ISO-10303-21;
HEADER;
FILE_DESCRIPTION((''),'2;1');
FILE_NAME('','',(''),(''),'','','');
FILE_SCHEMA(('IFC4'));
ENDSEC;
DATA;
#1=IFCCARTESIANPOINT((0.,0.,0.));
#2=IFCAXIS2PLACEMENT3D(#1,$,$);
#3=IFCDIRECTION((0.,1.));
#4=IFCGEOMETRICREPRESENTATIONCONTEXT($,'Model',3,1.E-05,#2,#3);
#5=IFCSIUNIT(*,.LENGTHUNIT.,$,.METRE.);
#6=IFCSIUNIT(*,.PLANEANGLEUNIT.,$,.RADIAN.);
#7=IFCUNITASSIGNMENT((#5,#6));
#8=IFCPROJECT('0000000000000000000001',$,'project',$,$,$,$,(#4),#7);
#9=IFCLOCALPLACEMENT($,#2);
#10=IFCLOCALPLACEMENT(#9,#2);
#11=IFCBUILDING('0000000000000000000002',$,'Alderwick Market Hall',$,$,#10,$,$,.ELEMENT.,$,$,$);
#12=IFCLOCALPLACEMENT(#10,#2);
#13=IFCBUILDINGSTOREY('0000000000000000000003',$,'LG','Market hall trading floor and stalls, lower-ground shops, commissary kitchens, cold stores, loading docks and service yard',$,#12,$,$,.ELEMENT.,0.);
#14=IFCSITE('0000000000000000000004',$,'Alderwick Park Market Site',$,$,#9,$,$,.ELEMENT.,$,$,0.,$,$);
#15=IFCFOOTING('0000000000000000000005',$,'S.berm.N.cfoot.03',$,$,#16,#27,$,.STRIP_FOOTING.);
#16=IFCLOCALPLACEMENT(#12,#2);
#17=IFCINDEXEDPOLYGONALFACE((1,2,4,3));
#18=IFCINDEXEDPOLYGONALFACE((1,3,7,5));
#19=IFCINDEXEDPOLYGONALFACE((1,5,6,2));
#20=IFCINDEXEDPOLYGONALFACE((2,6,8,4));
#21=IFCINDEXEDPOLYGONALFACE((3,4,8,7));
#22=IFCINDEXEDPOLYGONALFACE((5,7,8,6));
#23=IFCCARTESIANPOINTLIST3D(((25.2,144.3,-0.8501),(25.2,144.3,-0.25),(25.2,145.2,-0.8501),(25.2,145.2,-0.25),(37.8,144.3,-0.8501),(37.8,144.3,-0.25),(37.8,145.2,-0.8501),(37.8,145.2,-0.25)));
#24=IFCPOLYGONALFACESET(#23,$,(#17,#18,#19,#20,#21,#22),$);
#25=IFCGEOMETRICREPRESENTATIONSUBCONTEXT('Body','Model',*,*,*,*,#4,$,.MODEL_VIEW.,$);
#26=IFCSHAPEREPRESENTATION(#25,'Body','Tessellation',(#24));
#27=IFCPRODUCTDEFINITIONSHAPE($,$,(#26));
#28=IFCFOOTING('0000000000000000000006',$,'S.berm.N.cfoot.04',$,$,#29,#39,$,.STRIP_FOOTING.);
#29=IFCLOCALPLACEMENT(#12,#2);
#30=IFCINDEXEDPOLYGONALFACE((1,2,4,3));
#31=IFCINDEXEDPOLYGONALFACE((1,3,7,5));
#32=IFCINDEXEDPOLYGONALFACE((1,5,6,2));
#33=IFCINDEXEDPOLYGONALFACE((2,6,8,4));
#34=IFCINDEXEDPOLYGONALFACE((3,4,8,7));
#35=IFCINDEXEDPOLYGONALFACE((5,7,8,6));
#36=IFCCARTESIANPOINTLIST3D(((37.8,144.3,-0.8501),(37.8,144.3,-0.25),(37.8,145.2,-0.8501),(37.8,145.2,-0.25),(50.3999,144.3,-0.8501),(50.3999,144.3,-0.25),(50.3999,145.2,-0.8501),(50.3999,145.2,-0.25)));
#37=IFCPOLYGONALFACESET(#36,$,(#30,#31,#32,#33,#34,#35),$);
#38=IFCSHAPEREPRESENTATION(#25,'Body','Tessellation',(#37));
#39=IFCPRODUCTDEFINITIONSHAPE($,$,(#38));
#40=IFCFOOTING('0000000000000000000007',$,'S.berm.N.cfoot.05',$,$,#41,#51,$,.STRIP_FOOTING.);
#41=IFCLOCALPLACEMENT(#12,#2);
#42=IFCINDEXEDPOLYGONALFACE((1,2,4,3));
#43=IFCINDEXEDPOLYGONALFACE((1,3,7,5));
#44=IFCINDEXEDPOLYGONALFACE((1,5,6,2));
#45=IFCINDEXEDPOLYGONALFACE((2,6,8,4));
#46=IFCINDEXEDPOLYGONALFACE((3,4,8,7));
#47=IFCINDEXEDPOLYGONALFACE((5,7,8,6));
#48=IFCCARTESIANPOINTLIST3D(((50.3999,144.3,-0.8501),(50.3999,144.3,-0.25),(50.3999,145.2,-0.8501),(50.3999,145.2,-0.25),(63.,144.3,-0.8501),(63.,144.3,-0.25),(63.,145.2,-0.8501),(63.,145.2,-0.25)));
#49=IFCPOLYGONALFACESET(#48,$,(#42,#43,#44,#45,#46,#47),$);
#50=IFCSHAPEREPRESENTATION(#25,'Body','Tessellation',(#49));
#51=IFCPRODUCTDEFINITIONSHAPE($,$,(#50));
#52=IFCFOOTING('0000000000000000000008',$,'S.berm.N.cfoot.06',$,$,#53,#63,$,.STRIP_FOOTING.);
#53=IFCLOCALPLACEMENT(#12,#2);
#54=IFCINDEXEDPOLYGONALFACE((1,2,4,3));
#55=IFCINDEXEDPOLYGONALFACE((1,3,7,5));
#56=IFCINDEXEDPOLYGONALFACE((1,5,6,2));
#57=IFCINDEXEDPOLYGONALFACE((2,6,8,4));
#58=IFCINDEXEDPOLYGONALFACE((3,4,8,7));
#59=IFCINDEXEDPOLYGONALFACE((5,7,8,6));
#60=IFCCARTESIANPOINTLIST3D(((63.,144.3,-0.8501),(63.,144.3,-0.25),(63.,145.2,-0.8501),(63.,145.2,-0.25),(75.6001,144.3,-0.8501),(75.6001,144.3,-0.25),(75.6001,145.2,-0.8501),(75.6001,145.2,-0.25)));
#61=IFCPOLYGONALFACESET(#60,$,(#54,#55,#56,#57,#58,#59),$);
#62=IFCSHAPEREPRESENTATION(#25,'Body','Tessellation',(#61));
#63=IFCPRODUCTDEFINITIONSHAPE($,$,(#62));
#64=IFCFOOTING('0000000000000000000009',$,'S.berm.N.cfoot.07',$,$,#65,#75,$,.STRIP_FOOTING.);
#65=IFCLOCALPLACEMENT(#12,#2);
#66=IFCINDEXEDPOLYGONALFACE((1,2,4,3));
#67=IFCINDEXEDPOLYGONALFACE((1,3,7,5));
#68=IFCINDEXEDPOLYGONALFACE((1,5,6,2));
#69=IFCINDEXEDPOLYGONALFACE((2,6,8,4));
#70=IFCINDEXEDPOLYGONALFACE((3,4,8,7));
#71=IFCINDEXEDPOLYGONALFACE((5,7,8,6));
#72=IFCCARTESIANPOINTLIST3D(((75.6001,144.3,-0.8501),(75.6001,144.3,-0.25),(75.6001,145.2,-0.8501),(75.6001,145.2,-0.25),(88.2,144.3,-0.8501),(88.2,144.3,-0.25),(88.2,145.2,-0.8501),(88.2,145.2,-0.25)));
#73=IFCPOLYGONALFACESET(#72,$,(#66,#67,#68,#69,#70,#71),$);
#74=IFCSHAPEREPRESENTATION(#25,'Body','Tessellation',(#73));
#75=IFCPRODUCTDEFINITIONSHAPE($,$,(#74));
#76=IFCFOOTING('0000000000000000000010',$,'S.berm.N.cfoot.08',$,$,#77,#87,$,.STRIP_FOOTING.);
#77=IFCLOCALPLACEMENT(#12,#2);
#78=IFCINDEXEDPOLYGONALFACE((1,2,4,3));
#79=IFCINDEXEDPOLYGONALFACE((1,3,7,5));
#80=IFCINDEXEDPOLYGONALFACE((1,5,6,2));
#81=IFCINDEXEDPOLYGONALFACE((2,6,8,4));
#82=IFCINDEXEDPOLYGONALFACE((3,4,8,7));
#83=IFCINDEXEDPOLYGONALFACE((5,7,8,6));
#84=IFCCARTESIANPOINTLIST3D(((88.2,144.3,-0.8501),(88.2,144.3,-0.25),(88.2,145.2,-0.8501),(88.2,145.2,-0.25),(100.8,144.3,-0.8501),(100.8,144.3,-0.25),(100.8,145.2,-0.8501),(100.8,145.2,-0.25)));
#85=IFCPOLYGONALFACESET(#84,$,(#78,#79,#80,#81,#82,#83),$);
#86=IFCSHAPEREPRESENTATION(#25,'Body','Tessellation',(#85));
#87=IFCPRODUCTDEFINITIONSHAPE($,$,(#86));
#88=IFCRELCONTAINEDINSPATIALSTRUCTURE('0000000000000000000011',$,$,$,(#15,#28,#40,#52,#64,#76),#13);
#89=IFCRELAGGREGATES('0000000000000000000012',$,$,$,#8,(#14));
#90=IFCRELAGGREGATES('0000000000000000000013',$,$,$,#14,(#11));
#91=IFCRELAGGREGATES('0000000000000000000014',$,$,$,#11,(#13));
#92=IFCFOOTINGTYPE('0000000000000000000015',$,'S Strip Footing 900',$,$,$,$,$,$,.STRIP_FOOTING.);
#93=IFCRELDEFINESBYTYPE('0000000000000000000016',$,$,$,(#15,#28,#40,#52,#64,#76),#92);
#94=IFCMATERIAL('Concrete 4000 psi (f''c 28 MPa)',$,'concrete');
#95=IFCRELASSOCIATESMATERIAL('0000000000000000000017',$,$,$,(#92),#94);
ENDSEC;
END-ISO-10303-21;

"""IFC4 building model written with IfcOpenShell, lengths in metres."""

from ifc_helpers import new_model, si_unit, direction, frame, origin, place, context, subcontext, project, spatial, polyline, outline, extrude, material, type_object, element, save


model = new_model("IFC4")

# Units and contexts
model_context = context("Model", 3, precision=1e-05, world=origin(), true_north=direction((0.0, 1.0)))
body_context = subcontext(model_context, "Body", "Model", "MODEL_VIEW")
ifc_project = project(units=[si_unit("LENGTHUNIT", "METRE"), si_unit("PLANEANGLEUNIT", "RADIAN")], contexts=[model_context])

# Site, building, storey
site_placement = place(None, origin())
site = spatial("IfcSite", under=ifc_project, at=site_placement, Name="Alderwick Park Market Site", CompositionType="ELEMENT", RefElevation=0.0)
building_placement = place(site_placement, origin())
building = spatial("IfcBuilding", under=site, at=building_placement, Name="Alderwick Market Hall", CompositionType="ELEMENT")
storey_placement = place(building_placement, origin())
storey = spatial("IfcBuildingStorey", under=building, at=storey_placement, Name="LG", Description="Market hall trading floor and stalls, lower-ground shops, commissary kitchens, cold stores, loading docks and service yard", CompositionType="ELEMENT", Elevation=0.0)

# Footings
ifc_material = material(Name="Concrete 4000 psi (f'c 28 MPa)", Category="concrete")
footing_type = type_object("IfcFootingType", Name="S Strip Footing 900", PredefinedType="STRIP_FOOTING", material=ifc_material)
footing_1_placement = place(storey_placement, frame((0.0, 0.0, -0.8501)))
element("IfcFooting", 1, at=footing_1_placement, inside=storey, type_object=footing_type, Name="S.berm.N.cfoot.03", PredefinedType="STRIP_FOOTING", context=body_context, shape_type="SweptSolid", body=[
    extrude(outline(polyline([(37.8, 144.3), (37.8, 145.2), (25.2, 145.2), (25.2, 144.3), (37.8, 144.3)])), origin(), (0.0, 0.0, 1.0), 0.6001),
])
footing_2_placement = place(storey_placement, frame((0.0, 0.0, -0.8501)))
element("IfcFooting", 2, at=footing_2_placement, inside=storey, type_object=footing_type, Name="S.berm.N.cfoot.04", PredefinedType="STRIP_FOOTING", context=body_context, shape_type="SweptSolid", body=[
    extrude(outline(polyline([(50.3999, 144.3), (50.3999, 145.2), (37.8, 145.2), (37.8, 144.3), (50.3999, 144.3)])), origin(), (0.0, 0.0, 1.0), 0.6001),
])
footing_3_placement = place(storey_placement, frame((0.0, 0.0, -0.8501)))
element("IfcFooting", 3, at=footing_3_placement, inside=storey, type_object=footing_type, Name="S.berm.N.cfoot.05", PredefinedType="STRIP_FOOTING", context=body_context, shape_type="SweptSolid", body=[
    extrude(outline(polyline([(63.0, 144.3), (63.0, 145.2), (50.3999, 145.2), (50.3999, 144.3), (63.0, 144.3)])), origin(), (0.0, 0.0, 1.0), 0.6001),
])
footing_4_placement = place(storey_placement, frame((0.0, 0.0, -0.8501)))
element("IfcFooting", 4, at=footing_4_placement, inside=storey, type_object=footing_type, Name="S.berm.N.cfoot.06", PredefinedType="STRIP_FOOTING", context=body_context, shape_type="SweptSolid", body=[
    extrude(outline(polyline([(75.6001, 144.3), (75.6001, 145.2), (63.0, 145.2), (63.0, 144.3), (75.6001, 144.3)])), origin(), (0.0, 0.0, 1.0), 0.6001),
])
footing_5_placement = place(storey_placement, frame((0.0, 0.0, -0.8501)))
element("IfcFooting", 5, at=footing_5_placement, inside=storey, type_object=footing_type, Name="S.berm.N.cfoot.07", PredefinedType="STRIP_FOOTING", context=body_context, shape_type="SweptSolid", body=[
    extrude(outline(polyline([(88.2, 144.3), (88.2, 145.2), (75.6001, 145.2), (75.6001, 144.3), (88.2, 144.3)])), origin(), (0.0, 0.0, 1.0), 0.6001),
])
footing_6_placement = place(storey_placement, frame((0.0, 0.0, -0.8501)))
element("IfcFooting", 6, at=footing_6_placement, inside=storey, type_object=footing_type, Name="S.berm.N.cfoot.08", PredefinedType="STRIP_FOOTING", context=body_context, shape_type="SweptSolid", body=[
    extrude(outline(polyline([(100.8, 144.3), (100.8, 145.2), (88.2, 145.2), (88.2, 144.3), (100.8, 144.3)])), origin(), (0.0, 0.0, 1.0), 0.6001),
])

save(model, "model.ifc")
